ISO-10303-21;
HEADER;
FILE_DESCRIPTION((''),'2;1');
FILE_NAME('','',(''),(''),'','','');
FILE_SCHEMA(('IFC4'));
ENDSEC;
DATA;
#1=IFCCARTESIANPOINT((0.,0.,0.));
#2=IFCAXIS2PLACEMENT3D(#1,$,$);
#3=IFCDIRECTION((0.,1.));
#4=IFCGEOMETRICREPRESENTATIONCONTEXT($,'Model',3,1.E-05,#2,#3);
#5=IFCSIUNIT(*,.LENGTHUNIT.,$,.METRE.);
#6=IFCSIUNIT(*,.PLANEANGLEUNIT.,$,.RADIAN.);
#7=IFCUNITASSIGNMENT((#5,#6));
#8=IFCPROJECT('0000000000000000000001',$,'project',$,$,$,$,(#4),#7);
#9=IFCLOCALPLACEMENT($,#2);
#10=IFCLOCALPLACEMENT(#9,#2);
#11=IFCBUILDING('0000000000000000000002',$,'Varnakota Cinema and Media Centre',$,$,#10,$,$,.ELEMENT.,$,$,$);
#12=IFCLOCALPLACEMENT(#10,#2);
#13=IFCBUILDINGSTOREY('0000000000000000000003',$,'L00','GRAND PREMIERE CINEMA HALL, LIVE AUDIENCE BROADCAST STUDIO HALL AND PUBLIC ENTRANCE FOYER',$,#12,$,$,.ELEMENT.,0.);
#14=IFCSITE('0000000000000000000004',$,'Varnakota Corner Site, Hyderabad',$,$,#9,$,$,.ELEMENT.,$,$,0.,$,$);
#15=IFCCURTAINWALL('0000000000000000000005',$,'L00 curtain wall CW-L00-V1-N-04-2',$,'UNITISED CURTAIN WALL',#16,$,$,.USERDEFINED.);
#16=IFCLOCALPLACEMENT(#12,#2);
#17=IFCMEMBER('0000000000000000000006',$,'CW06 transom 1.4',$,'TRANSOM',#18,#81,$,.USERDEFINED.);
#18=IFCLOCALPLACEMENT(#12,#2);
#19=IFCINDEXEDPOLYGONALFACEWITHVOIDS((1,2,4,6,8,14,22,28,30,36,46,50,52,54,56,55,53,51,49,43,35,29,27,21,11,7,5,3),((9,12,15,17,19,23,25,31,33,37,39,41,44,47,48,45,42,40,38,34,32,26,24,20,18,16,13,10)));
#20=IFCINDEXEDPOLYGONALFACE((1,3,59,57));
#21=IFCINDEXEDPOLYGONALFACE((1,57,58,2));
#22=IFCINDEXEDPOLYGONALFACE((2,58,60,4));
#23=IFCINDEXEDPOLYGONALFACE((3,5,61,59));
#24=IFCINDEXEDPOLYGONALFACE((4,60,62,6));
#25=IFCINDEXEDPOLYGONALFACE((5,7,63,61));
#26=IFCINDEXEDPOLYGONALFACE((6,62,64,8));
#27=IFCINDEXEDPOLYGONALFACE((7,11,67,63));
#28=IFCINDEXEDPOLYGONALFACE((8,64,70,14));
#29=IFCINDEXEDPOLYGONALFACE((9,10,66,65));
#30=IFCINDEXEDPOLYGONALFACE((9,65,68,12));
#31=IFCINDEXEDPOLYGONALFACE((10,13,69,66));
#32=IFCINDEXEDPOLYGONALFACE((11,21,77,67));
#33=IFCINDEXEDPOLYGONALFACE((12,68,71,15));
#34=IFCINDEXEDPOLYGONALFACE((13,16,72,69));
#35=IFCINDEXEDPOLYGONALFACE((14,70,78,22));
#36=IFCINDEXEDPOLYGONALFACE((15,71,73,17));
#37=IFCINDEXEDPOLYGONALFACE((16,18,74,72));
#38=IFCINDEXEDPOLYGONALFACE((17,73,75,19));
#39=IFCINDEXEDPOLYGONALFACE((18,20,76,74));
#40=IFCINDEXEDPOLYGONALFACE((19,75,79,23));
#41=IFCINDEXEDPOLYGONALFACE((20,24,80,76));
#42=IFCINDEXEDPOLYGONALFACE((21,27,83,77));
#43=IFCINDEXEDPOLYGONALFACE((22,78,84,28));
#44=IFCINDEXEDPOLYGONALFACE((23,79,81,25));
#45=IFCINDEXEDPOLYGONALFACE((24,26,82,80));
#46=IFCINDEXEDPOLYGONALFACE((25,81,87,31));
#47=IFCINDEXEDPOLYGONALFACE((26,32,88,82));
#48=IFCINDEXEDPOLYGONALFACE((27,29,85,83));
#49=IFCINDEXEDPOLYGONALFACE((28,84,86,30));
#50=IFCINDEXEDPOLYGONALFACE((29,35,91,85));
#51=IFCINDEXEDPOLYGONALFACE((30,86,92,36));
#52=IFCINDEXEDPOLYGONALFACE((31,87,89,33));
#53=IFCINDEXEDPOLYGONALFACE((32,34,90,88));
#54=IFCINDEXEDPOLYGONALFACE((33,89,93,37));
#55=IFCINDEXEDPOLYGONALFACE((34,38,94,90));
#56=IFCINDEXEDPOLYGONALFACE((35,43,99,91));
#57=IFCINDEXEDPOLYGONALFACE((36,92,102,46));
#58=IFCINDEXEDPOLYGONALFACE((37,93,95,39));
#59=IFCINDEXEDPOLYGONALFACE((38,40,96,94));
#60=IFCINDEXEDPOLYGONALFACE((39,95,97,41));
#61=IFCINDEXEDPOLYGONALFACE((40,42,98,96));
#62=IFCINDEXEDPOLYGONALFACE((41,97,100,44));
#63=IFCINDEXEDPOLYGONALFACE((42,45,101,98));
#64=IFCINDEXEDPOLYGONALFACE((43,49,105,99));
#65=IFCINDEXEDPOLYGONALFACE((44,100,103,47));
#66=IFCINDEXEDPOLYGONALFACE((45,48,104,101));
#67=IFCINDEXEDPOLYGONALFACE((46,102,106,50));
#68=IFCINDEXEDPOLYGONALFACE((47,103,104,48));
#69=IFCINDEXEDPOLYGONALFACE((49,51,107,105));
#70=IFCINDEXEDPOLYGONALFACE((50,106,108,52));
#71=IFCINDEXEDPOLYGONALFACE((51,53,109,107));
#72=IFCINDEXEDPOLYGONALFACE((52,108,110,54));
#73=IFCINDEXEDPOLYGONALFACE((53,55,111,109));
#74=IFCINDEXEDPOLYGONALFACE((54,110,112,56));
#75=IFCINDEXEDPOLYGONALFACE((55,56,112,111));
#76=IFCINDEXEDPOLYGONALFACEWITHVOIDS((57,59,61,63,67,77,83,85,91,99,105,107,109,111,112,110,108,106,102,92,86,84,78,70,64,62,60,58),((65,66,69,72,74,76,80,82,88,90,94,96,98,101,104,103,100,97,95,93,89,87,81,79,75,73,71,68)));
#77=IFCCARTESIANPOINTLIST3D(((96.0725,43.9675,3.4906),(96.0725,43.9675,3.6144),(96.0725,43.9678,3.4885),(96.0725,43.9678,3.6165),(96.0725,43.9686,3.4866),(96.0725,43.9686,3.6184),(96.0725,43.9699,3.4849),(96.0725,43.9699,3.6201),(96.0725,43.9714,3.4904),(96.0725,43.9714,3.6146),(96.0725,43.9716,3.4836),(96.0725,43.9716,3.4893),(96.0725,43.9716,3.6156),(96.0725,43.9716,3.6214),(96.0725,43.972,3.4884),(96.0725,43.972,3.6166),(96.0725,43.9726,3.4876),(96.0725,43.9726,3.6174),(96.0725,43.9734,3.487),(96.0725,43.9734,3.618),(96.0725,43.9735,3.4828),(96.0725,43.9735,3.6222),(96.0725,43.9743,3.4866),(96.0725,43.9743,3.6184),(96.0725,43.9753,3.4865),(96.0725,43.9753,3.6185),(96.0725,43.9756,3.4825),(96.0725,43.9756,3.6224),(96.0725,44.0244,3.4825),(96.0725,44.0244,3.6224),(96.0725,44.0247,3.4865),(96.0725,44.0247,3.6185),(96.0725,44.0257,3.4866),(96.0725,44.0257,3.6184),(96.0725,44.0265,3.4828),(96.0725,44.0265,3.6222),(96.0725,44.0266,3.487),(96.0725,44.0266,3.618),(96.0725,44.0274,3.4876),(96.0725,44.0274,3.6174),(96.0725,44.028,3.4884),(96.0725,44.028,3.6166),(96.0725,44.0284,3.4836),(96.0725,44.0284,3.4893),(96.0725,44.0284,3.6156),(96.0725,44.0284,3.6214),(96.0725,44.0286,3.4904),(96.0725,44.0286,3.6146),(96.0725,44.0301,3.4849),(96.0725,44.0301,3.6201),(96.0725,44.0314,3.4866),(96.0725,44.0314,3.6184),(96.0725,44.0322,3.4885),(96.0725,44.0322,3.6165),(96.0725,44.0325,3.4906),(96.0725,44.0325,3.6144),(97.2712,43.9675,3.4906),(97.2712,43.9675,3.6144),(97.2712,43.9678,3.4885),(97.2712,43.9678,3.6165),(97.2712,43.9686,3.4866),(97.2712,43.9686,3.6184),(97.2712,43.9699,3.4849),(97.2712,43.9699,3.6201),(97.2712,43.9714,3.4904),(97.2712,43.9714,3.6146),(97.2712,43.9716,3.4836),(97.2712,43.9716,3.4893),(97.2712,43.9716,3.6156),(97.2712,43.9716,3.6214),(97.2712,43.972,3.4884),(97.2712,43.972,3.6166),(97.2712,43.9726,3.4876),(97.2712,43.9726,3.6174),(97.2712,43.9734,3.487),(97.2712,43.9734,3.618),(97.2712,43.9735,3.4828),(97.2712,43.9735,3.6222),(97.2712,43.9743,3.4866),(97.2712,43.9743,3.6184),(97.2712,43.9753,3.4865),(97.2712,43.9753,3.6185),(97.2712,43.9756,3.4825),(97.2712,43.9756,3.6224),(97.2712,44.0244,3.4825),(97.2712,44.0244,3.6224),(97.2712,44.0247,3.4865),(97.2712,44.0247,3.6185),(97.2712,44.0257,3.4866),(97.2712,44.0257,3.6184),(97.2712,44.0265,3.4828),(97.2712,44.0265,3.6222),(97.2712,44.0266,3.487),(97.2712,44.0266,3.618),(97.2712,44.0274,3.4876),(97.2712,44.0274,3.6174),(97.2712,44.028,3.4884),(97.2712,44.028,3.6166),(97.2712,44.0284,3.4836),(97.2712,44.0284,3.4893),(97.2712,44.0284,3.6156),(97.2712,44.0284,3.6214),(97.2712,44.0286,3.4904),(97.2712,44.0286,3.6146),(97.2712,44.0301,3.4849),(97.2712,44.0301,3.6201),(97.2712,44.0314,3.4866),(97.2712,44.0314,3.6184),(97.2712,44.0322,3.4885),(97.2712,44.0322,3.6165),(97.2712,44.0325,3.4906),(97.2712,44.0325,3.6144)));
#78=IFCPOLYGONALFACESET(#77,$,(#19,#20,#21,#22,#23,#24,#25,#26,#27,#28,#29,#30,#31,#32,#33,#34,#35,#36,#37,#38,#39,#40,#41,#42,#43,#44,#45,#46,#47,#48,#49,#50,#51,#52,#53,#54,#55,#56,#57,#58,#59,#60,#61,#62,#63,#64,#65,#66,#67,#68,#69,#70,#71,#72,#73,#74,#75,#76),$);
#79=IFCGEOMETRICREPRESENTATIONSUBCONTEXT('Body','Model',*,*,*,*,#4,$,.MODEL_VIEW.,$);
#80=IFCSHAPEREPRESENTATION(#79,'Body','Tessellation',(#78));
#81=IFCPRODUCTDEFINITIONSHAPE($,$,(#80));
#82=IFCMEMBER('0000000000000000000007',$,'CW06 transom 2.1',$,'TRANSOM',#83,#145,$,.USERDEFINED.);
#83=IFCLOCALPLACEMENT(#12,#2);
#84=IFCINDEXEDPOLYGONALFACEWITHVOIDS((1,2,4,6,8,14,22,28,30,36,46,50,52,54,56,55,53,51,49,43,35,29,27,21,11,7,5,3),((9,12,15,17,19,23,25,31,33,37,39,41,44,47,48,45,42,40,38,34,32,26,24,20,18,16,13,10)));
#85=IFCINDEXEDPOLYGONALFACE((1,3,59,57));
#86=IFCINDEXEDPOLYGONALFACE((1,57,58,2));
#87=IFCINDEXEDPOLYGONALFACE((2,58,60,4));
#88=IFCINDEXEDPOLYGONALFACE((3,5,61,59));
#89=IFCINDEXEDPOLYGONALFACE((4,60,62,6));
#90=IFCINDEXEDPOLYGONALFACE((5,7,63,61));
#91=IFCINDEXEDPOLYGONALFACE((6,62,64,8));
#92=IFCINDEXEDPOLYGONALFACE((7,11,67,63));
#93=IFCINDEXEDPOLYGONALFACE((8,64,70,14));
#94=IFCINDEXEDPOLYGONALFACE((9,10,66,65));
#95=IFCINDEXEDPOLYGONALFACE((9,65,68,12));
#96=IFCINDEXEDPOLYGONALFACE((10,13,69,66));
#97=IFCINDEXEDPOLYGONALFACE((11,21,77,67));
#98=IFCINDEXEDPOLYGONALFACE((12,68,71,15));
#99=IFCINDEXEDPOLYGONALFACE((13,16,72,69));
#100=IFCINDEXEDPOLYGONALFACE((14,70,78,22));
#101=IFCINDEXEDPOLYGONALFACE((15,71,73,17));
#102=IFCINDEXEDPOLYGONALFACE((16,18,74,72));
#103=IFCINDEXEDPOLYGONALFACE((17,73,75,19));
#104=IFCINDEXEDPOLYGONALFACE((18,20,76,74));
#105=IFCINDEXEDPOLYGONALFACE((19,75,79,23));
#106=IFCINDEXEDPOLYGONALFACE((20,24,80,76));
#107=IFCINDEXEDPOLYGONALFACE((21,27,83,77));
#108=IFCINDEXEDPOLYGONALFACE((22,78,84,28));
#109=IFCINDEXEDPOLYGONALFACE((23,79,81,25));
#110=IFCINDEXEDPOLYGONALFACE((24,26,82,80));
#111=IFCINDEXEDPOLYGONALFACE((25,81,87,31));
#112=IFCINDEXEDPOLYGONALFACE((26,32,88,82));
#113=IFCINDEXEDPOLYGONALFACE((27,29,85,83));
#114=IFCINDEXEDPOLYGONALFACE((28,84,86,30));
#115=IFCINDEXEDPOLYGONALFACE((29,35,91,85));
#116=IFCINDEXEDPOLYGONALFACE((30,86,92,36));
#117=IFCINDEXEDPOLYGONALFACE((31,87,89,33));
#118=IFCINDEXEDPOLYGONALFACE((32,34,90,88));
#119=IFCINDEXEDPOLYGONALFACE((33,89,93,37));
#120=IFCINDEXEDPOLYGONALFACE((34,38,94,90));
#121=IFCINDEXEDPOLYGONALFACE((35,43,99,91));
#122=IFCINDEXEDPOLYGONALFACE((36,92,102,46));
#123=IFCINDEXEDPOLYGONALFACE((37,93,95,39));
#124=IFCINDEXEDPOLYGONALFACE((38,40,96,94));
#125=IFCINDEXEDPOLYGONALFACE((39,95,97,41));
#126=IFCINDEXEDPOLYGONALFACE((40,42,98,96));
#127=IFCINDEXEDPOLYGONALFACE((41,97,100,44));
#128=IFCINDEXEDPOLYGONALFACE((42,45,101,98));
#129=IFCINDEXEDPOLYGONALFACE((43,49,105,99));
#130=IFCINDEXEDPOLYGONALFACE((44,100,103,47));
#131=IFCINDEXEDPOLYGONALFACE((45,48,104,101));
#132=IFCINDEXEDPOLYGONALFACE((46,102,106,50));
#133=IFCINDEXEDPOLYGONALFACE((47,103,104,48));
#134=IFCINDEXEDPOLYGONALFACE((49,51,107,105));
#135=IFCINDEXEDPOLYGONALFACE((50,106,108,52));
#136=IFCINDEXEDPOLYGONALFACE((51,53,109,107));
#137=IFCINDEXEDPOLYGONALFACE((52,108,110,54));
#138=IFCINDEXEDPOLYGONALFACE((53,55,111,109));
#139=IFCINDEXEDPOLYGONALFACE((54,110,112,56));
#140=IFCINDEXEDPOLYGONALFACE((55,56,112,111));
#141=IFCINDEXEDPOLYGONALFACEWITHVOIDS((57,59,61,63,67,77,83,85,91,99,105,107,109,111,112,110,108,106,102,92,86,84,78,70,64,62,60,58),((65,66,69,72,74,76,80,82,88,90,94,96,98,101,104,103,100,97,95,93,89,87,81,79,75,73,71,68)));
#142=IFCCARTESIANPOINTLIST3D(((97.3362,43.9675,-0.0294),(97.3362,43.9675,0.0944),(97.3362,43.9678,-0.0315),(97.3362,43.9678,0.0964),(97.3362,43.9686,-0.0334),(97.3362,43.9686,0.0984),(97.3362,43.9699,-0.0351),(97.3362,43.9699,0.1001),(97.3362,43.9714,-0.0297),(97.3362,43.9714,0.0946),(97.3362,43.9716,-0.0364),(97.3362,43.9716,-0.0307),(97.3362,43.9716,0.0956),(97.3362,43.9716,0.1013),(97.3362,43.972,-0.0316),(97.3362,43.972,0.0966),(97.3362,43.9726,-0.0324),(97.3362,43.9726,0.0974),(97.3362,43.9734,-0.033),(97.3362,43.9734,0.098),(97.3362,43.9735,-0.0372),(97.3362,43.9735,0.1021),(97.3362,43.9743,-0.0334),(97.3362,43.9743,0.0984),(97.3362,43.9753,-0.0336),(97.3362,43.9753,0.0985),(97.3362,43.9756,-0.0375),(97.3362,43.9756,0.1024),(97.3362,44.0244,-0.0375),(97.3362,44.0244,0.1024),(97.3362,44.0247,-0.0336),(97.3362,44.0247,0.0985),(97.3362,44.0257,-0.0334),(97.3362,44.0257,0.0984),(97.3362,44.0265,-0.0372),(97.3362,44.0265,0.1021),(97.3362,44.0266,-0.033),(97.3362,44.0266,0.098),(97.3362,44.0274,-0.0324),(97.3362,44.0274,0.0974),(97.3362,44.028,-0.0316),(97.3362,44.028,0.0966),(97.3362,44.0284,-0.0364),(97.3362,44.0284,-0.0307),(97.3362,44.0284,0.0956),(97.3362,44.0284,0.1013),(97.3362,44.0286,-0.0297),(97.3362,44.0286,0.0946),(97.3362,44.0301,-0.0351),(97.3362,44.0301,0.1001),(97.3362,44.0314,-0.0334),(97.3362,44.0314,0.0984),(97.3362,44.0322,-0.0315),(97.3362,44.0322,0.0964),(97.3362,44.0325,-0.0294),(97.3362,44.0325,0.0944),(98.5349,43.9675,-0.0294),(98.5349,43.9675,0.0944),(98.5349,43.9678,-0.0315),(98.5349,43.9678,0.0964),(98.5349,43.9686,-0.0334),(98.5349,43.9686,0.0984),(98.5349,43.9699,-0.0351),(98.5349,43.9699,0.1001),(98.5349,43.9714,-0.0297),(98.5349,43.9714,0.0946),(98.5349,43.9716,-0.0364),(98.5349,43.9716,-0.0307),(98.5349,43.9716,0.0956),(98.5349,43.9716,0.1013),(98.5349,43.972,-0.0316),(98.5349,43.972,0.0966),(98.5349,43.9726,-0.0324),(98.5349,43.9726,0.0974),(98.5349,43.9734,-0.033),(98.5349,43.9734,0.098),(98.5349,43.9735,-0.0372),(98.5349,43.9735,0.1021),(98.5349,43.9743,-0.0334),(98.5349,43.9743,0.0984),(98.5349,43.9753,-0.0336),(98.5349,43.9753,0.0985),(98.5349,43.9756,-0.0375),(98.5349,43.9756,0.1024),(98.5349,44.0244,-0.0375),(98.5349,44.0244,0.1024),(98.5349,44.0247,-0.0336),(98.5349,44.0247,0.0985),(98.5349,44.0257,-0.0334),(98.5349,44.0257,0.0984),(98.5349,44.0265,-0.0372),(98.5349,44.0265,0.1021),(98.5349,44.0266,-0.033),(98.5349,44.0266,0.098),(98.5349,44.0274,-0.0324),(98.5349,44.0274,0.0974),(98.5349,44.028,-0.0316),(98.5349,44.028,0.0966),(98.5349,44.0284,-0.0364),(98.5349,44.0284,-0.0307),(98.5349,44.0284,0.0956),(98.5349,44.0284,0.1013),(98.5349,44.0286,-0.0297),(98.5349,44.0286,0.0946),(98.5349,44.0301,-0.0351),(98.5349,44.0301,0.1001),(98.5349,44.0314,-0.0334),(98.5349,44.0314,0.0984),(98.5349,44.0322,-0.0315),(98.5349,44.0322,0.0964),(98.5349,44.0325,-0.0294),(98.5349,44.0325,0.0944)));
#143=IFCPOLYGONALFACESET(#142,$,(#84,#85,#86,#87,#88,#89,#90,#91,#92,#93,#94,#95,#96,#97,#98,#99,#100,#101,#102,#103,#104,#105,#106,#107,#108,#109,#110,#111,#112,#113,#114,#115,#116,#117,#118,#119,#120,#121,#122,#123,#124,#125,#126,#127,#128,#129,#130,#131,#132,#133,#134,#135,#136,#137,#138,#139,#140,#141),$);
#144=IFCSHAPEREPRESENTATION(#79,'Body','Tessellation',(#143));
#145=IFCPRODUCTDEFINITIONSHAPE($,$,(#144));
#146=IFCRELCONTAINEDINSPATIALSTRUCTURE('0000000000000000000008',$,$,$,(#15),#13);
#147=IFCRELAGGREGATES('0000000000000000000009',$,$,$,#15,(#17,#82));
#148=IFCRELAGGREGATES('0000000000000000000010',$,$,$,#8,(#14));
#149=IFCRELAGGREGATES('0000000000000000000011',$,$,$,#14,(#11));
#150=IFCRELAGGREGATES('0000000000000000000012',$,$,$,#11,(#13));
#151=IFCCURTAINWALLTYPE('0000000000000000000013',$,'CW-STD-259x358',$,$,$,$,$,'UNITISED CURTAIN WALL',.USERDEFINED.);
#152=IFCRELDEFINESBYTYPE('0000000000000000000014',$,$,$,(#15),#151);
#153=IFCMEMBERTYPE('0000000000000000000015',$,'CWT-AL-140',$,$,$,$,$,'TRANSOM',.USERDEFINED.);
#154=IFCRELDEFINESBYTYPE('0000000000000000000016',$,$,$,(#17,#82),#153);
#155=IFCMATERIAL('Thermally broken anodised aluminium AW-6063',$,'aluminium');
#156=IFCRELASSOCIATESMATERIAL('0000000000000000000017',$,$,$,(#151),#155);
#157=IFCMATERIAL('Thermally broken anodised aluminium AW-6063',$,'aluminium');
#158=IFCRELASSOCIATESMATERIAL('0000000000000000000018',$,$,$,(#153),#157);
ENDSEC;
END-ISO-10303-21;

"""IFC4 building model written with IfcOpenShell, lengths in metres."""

from ifc_helpers import new_model, si_unit, direction, frame, origin, origin_2d, place, context, subcontext, project, spatial, hollow_rectangle, extrude, material, material_profile, profile_set, type_object, element, aggregate, save


model = new_model("IFC4")

# Units and contexts
model_context = context("Model", 3, precision=1e-05, world=origin(), true_north=direction((0.0, 1.0)))
body_context = subcontext(model_context, "Body", "Model", "MODEL_VIEW")
ifc_project = project(units=[si_unit("LENGTHUNIT", "METRE"), si_unit("PLANEANGLEUNIT", "RADIAN")], contexts=[model_context])

# Site, building, storey
site_placement = place(None, origin())
site = spatial("IfcSite", under=ifc_project, at=site_placement, Name="Varnakota Corner Site, Hyderabad", CompositionType="ELEMENT", RefElevation=0.0)
building_placement = place(site_placement, origin())
building = spatial("IfcBuilding", under=site, at=building_placement, Name="Varnakota Cinema and Media Centre", CompositionType="ELEMENT")
storey_placement = place(building_placement, origin())
storey = spatial("IfcBuildingStorey", under=building, at=storey_placement, Name="L00", Description="GRAND PREMIERE CINEMA HALL, LIVE AUDIENCE BROADCAST STUDIO HALL AND PUBLIC ENTRANCE FOYER", CompositionType="ELEMENT", Elevation=0.0)

# Shared definitions
ifc_material_1 = material(Name="Thermally broken anodised aluminium AW-6063", Category="aluminium")
curtain_wall_type = type_object("IfcCurtainWallType", Name="CW-STD-259x358", ElementType="UNITISED CURTAIN WALL", PredefinedType="USERDEFINED", material=ifc_material_1)

# Curtain wall
curtain_wall_1_placement = place(storey_placement, origin())
curtain_wall_1 = element("IfcCurtainWall", 1, at=curtain_wall_1_placement, inside=storey, type_object=curtain_wall_type, Name="L00 curtain wall CW-L00-V1-N-04-2", ObjectType="UNITISED CURTAIN WALL", PredefinedType="USERDEFINED")

# Members
ifc_material_2 = material(Name="Thermally broken anodised aluminium AW-6063", Category="aluminium")
ifc_material_profile_1 = material_profile(ifc_material_2, hollow_rectangle(XDim=0.0649, YDim=0.1399, WallThickness=0.0039, InnerFilletRadius=0.0039, OuterFilletRadius=0.0081, at=origin_2d()), Name="AL-TRANSOM 140x65x4")
ifc_profile_set_1 = profile_set([ifc_material_profile_1], Name="Thermally broken anodised aluminium AW-6063")
member_type_1 = type_object("IfcMemberType", Name="CWT-AL-140", ElementType="TRANSOM", PredefinedType="USERDEFINED", material=ifc_profile_set_1)
member_1_placement = place(storey_placement, frame((96.0725, 44.0, 3.5525), z_axis=(1.0, 0.0, 0.0), x_axis=(0.0, 1.0, 0.0)))
member_1 = element("IfcMember", 2, at=member_1_placement, type_object=member_type_1, Name="CW06 transom 1.4", ObjectType="TRANSOM", PredefinedType="USERDEFINED", context=body_context, shape_type="SweptSolid", body=[
    extrude(hollow_rectangle(XDim=0.0649, YDim=0.1399, WallThickness=0.0039, InnerFilletRadius=0.0039, OuterFilletRadius=0.0081, at=origin_2d()), origin(), (0.0, 0.0, 1.0), 1.1987),
])
member_2_placement = place(storey_placement, frame((97.3362, 44.0, 0.0325), z_axis=(1.0, 0.0, 0.0), x_axis=(0.0, 1.0, 0.0)))
member_2 = element("IfcMember", 3, at=member_2_placement, type_object=member_type_1, Name="CW06 transom 2.1", ObjectType="TRANSOM", PredefinedType="USERDEFINED", context=body_context, shape_type="SweptSolid", body=[
    extrude(hollow_rectangle(XDim=0.0649, YDim=0.1399, WallThickness=0.0039, InnerFilletRadius=0.0039, OuterFilletRadius=0.0081, at=origin_2d()), origin(), (0.0, 0.0, 1.0), 1.1987),
])

aggregate(curtain_wall_1, [member_1, member_2])

save(model, "model.ifc")
